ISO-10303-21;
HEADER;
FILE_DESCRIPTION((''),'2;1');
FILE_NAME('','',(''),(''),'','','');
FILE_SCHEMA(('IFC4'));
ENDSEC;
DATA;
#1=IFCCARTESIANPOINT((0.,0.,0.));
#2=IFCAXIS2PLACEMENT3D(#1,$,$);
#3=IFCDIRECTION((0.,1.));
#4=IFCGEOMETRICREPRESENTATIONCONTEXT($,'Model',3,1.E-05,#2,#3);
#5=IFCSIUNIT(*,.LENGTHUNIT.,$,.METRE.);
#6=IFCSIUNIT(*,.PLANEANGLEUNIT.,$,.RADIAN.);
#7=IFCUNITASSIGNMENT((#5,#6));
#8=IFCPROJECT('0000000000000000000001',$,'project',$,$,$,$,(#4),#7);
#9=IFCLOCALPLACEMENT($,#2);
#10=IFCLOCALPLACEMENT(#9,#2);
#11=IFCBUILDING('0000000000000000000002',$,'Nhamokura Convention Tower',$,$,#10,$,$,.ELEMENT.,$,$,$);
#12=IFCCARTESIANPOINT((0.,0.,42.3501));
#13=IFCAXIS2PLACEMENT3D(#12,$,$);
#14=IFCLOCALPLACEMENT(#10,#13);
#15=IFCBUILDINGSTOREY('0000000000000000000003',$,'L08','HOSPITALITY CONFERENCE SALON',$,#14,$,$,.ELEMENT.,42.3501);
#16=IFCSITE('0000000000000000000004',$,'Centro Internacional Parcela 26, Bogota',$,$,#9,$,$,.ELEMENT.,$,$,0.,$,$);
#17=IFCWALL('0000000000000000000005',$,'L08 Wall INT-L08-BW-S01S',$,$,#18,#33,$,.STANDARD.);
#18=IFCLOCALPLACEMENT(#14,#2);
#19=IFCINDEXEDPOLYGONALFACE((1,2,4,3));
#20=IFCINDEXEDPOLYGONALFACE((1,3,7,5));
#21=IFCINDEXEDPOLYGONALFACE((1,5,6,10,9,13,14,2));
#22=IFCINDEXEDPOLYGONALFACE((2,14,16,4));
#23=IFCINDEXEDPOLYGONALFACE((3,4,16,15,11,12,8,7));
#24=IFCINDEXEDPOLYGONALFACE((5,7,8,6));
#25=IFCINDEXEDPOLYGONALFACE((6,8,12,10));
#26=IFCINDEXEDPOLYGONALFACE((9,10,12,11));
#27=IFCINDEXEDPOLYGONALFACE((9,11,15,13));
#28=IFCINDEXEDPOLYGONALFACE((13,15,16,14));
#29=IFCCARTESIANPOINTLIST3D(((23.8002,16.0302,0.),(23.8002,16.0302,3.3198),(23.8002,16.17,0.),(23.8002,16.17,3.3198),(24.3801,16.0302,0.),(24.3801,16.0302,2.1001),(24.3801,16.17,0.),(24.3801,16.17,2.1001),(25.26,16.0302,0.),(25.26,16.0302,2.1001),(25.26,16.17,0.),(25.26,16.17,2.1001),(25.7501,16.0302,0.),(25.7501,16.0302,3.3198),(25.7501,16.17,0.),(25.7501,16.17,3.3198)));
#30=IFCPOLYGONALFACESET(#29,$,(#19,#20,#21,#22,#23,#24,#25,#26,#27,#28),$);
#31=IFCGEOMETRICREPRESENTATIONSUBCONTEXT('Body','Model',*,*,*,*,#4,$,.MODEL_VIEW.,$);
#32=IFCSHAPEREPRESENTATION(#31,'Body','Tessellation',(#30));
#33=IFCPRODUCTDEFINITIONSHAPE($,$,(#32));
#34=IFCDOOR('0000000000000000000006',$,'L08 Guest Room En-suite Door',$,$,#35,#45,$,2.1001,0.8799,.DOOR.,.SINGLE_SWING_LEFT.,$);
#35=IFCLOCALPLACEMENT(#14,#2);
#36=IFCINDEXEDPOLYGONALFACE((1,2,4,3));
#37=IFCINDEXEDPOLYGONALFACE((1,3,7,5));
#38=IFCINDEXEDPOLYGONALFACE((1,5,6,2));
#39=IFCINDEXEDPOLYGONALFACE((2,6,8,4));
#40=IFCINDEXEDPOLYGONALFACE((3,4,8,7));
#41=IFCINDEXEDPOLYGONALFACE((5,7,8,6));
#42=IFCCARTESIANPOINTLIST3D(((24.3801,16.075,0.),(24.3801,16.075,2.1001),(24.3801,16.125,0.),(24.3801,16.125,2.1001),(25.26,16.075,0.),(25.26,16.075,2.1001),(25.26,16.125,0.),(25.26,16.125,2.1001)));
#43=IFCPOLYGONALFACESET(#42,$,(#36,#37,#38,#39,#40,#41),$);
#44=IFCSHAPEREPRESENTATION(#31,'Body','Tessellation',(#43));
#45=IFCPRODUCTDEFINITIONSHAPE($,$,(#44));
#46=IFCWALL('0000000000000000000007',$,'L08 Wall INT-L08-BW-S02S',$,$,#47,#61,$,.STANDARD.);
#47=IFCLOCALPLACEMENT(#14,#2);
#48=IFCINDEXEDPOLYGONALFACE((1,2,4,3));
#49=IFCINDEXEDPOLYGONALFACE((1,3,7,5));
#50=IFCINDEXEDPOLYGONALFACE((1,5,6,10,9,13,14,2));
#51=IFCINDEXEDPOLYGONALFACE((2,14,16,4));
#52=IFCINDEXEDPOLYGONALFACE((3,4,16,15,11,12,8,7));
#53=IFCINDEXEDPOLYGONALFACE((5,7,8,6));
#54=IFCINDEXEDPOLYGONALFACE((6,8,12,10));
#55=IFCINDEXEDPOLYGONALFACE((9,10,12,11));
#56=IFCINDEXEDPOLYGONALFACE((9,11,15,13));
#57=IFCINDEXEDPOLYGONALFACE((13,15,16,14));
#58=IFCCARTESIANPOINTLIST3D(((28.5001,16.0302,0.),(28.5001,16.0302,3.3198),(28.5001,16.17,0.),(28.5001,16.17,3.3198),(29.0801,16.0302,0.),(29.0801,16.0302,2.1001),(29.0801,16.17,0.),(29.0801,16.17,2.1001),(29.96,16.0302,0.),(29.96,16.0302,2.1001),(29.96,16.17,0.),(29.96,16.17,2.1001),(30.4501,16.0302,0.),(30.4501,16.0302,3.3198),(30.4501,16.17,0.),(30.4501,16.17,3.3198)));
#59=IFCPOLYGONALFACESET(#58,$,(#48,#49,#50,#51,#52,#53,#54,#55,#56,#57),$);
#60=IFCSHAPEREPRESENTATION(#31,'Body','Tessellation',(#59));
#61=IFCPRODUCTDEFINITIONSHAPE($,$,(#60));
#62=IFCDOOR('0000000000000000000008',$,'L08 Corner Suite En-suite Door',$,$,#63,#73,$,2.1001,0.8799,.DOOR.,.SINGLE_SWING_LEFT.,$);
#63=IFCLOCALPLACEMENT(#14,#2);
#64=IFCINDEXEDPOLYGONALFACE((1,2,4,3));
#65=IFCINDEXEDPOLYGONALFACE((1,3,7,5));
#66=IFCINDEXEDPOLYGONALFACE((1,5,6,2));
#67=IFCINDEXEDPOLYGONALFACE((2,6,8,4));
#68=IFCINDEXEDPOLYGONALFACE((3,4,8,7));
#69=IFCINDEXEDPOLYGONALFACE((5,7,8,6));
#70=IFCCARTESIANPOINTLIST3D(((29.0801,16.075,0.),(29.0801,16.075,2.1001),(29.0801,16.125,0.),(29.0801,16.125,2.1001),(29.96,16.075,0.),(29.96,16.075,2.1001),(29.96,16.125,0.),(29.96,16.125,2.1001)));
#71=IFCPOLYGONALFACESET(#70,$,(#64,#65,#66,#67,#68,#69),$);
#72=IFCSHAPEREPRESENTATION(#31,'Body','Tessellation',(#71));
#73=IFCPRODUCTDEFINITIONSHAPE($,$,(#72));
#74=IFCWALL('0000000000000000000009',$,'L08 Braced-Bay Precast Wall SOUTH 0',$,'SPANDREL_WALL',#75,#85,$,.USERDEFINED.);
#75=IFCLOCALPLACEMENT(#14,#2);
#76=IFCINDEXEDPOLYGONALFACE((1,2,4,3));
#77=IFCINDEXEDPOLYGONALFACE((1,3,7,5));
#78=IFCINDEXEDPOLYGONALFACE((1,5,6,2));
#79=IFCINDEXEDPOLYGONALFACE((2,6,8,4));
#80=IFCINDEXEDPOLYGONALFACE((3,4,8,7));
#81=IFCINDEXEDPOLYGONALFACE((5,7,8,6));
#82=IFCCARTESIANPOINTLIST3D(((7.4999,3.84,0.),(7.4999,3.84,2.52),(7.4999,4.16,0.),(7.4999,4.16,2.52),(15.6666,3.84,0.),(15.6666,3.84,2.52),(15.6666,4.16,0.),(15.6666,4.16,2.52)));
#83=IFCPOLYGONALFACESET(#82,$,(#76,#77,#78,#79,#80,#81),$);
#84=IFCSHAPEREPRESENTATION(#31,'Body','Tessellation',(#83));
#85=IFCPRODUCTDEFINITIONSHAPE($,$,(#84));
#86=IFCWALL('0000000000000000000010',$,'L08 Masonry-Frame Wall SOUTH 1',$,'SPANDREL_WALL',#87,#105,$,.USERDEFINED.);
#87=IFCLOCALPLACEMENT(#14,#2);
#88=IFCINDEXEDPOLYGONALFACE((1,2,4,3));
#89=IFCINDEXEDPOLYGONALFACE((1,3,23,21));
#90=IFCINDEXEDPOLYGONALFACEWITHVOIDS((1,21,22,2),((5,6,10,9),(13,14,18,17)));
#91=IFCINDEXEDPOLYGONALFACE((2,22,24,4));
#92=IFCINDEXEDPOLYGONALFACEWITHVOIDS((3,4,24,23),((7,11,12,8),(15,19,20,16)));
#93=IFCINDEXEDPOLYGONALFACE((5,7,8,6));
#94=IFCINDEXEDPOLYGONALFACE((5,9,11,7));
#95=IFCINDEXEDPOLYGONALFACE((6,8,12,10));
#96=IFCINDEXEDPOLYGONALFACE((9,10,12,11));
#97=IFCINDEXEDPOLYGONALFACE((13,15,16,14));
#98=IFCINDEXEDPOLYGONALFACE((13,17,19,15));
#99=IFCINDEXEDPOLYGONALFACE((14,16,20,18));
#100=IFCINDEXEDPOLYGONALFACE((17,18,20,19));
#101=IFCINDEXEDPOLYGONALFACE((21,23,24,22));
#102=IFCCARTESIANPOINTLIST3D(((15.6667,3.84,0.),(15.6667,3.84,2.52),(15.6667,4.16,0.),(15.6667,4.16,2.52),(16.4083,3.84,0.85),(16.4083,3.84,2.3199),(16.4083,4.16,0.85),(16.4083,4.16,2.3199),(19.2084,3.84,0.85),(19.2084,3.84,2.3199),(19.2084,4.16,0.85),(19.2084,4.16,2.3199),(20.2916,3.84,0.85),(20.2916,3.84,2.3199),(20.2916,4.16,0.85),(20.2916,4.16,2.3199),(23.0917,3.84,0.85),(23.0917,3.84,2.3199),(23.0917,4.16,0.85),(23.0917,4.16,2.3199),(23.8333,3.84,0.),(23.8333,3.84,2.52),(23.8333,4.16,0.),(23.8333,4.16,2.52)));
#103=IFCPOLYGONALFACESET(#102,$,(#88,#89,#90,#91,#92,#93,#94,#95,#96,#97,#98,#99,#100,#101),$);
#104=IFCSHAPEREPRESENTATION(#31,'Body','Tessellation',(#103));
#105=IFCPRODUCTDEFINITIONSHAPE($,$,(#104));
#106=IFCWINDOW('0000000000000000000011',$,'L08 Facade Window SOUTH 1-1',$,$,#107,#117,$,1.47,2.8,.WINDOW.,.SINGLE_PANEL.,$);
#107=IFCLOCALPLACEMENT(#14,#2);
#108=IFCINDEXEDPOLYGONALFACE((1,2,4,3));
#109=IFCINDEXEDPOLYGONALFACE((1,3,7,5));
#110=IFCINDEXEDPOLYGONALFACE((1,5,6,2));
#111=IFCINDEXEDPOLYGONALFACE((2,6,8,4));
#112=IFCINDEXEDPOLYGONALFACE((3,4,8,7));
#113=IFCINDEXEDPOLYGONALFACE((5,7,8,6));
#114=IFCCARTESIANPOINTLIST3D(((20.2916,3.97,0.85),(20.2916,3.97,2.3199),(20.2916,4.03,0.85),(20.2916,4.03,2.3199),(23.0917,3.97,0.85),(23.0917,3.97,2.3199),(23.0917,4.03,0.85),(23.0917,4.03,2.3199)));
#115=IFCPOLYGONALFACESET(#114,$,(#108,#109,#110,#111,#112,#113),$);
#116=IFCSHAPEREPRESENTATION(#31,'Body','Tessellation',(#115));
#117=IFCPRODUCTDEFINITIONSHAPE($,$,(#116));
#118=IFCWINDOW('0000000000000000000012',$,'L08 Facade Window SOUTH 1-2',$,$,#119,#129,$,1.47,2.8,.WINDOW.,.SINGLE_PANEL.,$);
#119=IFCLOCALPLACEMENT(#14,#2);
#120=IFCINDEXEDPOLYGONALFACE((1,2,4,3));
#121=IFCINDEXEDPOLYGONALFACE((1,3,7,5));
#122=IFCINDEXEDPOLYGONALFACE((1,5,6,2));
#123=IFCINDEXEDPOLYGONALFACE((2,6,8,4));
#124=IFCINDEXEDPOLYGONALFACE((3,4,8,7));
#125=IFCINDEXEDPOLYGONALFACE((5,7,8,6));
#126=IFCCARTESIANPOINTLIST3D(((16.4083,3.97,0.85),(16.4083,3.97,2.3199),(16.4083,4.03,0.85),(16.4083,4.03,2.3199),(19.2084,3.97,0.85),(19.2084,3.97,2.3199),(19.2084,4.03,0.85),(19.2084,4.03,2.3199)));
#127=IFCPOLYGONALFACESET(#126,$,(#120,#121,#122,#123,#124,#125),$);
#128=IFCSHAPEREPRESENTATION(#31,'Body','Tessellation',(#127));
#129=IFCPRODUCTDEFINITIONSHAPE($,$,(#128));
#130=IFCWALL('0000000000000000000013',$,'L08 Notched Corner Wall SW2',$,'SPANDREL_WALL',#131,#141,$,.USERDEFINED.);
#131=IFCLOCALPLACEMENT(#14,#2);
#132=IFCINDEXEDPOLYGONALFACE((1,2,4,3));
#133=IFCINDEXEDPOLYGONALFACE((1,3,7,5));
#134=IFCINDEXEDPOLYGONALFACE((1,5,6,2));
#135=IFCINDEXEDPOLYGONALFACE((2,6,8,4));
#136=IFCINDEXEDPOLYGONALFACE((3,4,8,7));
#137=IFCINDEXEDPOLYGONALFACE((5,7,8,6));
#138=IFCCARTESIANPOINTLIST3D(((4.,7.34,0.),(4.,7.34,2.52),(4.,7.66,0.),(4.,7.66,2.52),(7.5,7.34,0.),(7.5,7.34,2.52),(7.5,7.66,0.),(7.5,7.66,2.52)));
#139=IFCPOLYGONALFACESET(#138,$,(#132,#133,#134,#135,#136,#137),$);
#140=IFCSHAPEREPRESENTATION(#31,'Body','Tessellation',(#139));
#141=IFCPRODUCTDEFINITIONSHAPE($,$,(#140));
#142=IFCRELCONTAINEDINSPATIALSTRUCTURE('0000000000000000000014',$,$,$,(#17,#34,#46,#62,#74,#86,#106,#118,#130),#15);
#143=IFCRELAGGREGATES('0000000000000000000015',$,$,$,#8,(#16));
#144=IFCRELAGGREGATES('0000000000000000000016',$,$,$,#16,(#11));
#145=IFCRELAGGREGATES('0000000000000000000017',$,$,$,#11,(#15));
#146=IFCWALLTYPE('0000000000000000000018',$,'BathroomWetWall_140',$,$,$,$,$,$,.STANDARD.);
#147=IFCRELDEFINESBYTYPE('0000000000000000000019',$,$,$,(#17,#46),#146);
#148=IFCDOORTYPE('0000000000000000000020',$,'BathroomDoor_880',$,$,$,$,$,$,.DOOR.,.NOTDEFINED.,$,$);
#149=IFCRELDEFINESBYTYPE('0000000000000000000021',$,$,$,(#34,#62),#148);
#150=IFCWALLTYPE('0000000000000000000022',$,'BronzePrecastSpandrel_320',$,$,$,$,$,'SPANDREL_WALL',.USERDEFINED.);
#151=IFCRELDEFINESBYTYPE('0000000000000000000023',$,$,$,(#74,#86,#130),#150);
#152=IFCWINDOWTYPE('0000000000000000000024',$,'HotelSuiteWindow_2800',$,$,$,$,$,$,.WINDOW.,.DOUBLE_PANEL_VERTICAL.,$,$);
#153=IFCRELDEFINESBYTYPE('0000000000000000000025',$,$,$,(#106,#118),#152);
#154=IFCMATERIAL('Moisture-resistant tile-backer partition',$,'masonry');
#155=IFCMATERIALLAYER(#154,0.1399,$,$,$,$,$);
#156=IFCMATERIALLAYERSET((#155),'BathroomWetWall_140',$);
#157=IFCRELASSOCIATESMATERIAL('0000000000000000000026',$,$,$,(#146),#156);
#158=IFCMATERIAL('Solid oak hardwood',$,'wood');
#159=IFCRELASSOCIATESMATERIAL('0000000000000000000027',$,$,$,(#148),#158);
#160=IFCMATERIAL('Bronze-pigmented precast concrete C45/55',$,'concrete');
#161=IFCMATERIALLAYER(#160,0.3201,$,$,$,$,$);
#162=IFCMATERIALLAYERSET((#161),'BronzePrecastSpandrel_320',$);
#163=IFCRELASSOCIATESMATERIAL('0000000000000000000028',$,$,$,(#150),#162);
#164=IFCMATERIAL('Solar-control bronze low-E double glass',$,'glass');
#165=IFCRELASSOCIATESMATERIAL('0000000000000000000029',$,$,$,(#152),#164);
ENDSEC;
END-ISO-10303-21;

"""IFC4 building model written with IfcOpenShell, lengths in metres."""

from ifc_helpers import new_model, si_unit, direction, frame, frame_2d, origin, place, context, subcontext, project, spatial, rectangle, extrude, material, layer, layer_set, type_object, element, fill, save


model = new_model("IFC4")

# Units and contexts
model_context = context("Model", 3, precision=1e-05, world=origin(), true_north=direction((0.0, 1.0)))
body_context = subcontext(model_context, "Body", "Model", "MODEL_VIEW")
ifc_project = project(units=[si_unit("LENGTHUNIT", "METRE"), si_unit("PLANEANGLEUNIT", "RADIAN")], contexts=[model_context])

# Site, building, storey
site_placement = place(None, origin())
site = spatial("IfcSite", under=ifc_project, at=site_placement, Name="Centro Internacional Parcela 26, Bogota", CompositionType="ELEMENT", RefElevation=0.0)
building_placement = place(site_placement, origin())
building = spatial("IfcBuilding", under=site, at=building_placement, Name="Nhamokura Convention Tower", CompositionType="ELEMENT")
storey_placement = place(building_placement, frame((0.0, 0.0, 42.3501)))
storey = spatial("IfcBuildingStorey", under=building, at=storey_placement, Name="L08", Description="HOSPITALITY CONFERENCE SALON", CompositionType="ELEMENT", Elevation=42.3501)

# Shared definitions
ifc_material_1 = material(Name="Moisture-resistant tile-backer partition", Category="masonry")
ifc_layer_1 = layer(ifc_material_1, 0.1399)
ifc_layer_set_1 = layer_set([ifc_layer_1], Name="BathroomWetWall_140")
wall_type_1 = type_object("IfcWallType", Name="BathroomWetWall_140", PredefinedType="STANDARD", material=ifc_layer_set_1)

# Walls, openings, doors
wall_1_placement = place(storey_placement, frame((23.8, 16.1001, 0.0), z_axis=(0.0, 0.0, 1.0), x_axis=(1.0, 0.0, 0.0)))
wall_1 = element("IfcWall", 1, at=wall_1_placement, inside=storey, type_object=wall_type_1, Name="L08 Wall INT-L08-BW-S01S", PredefinedType="STANDARD", context=body_context, shape_type="SweptSolid", body=[
    extrude(rectangle(XDim=1.95, YDim=0.1399, at=frame_2d((0.9751, 0.0))), origin(), (0.0, 0.0, 1.0), 3.3198),
])
opening_1_placement = place(wall_1_placement, frame((0.5801, 0.0, 0.0)))
opening_1 = element("IfcOpeningElement", 2, at=opening_1_placement, cuts=wall_1, PredefinedType="OPENING", context=body_context, shape_type="SweptSolid", body=[
    extrude(rectangle(XDim=0.8799, YDim=2.1001, at=frame_2d((0.4399, 1.05))), frame((0.0, 0.0798, 0.0), z_axis=(0.0, -1.0, 0.0), x_axis=(1.0, 0.0, 0.0)), (0.0, 0.0, 1.0), 0.1599),
])
ifc_material_2 = material(Name="Solid oak hardwood", Category="wood")
door_type_1 = type_object("IfcDoorType", Name="BathroomDoor_880", OperationType="NOTDEFINED", PredefinedType="DOOR", material=ifc_material_2)
door_1_placement = place(opening_1_placement, origin())
door_1 = element("IfcDoor", 3, at=door_1_placement, inside=storey, type_object=door_type_1, Name="L08 Guest Room En-suite Door", OperationType="SINGLE_SWING_LEFT", OverallHeight=2.1001, OverallWidth=0.8799, PredefinedType="DOOR", context=body_context, shape_type="SweptSolid", body=[
    extrude(rectangle(XDim=0.8799, YDim=2.1001, at=frame_2d((0.4399, 1.05))), frame((0.0, 0.0249, 0.0), z_axis=(0.0, -1.0, 0.0), x_axis=(1.0, 0.0, 0.0)), (0.0, 0.0, 1.0), 0.05),
])
fill(opening_1, door_1)
wall_2_placement = place(storey_placement, frame((28.5, 16.1001, 0.0), z_axis=(0.0, 0.0, 1.0), x_axis=(1.0, 0.0, 0.0)))
wall_2 = element("IfcWall", 4, at=wall_2_placement, inside=storey, type_object=wall_type_1, Name="L08 Wall INT-L08-BW-S02S", PredefinedType="STANDARD", context=body_context, shape_type="SweptSolid", body=[
    extrude(rectangle(XDim=1.95, YDim=0.1399, at=frame_2d((0.9751, 0.0))), origin(), (0.0, 0.0, 1.0), 3.3198),
])
opening_2_placement = place(wall_2_placement, frame((0.5801, 0.0, 0.0)))
opening_2 = element("IfcOpeningElement", 5, at=opening_2_placement, cuts=wall_2, PredefinedType="OPENING", context=body_context, shape_type="SweptSolid", body=[
    extrude(rectangle(XDim=0.8799, YDim=2.1001, at=frame_2d((0.4399, 1.05))), frame((0.0, 0.0798, 0.0), z_axis=(0.0, -1.0, 0.0), x_axis=(1.0, 0.0, 0.0)), (0.0, 0.0, 1.0), 0.1599),
])
door_2_placement = place(opening_2_placement, origin())
door_2 = element("IfcDoor", 6, at=door_2_placement, inside=storey, type_object=door_type_1, Name="L08 Corner Suite En-suite Door", OperationType="SINGLE_SWING_LEFT", OverallHeight=2.1001, OverallWidth=0.8799, PredefinedType="DOOR", context=body_context, shape_type="SweptSolid", body=[
    extrude(rectangle(XDim=0.8799, YDim=2.1001, at=frame_2d((0.4399, 1.05))), frame((0.0, 0.0249, 0.0), z_axis=(0.0, -1.0, 0.0), x_axis=(1.0, 0.0, 0.0)), (0.0, 0.0, 1.0), 0.05),
])
fill(opening_2, door_2)

# Wall
ifc_material_3 = material(Name="Bronze-pigmented precast concrete C45/55", Category="concrete")
ifc_layer_2 = layer(ifc_material_3, 0.3201)
ifc_layer_set_2 = layer_set([ifc_layer_2], Name="BronzePrecastSpandrel_320")
wall_type_2 = type_object("IfcWallType", Name="BronzePrecastSpandrel_320", ElementType="SPANDREL_WALL", PredefinedType="USERDEFINED", material=ifc_layer_set_2)
wall_3_placement = place(storey_placement, frame((15.6667, 4.0, 0.0), z_axis=(0.0, 0.0, 1.0), x_axis=(-1.0, 0.0, 0.0)))
element("IfcWall", 7, at=wall_3_placement, inside=storey, type_object=wall_type_2, Name="L08 Braced-Bay Precast Wall SOUTH 0", ObjectType="SPANDREL_WALL", PredefinedType="USERDEFINED", context=body_context, shape_type="SweptSolid", body=[
    extrude(rectangle(XDim=8.1667, YDim=0.3201, at=frame_2d((4.0835, 0.0))), origin(), (0.0, 0.0, 1.0), 2.52),
])

# Wall, openings, windows
wall_4_placement = place(storey_placement, frame((23.8333, 4.0, 0.0), z_axis=(0.0, 0.0, 1.0), x_axis=(-1.0, 0.0, 0.0)))
wall_4 = element("IfcWall", 8, at=wall_4_placement, inside=storey, type_object=wall_type_2, Name="L08 Masonry-Frame Wall SOUTH 1", ObjectType="SPANDREL_WALL", PredefinedType="USERDEFINED", context=body_context, shape_type="SweptSolid", body=[
    extrude(rectangle(XDim=8.1665, YDim=0.3201, at=frame_2d((4.0833, 0.0))), origin(), (0.0, 0.0, 1.0), 2.52),
])
opening_3_placement = place(wall_4_placement, frame((0.7417, 0.0, 0.8501)))
opening_3 = element("IfcOpeningElement", 9, at=opening_3_placement, cuts=wall_4, PredefinedType="OPENING", context=body_context, shape_type="SweptSolid", body=[
    extrude(rectangle(XDim=2.8, YDim=1.47, at=frame_2d((1.3999, 0.7349))), frame((0.0, 0.1699, 0.0), z_axis=(0.0, -1.0, 0.0), x_axis=(1.0, 0.0, 0.0)), (0.0, 0.0, 1.0), 0.3401),
])
opening_4_placement = place(wall_4_placement, frame((4.625, 0.0, 0.8501)))
opening_4 = element("IfcOpeningElement", 10, at=opening_4_placement, cuts=wall_4, PredefinedType="OPENING", context=body_context, shape_type="SweptSolid", body=[
    extrude(rectangle(XDim=2.8, YDim=1.47, at=frame_2d((1.3999, 0.7349))), frame((0.0, 0.1699, 0.0), z_axis=(0.0, -1.0, 0.0), x_axis=(1.0, 0.0, 0.0)), (0.0, 0.0, 1.0), 0.3401),
])
ifc_material_4 = material(Name="Solar-control bronze low-E double glass", Category="glass")
window_type = type_object("IfcWindowType", Name="HotelSuiteWindow_2800", PartitioningType="DOUBLE_PANEL_VERTICAL", PredefinedType="WINDOW", material=ifc_material_4)
window_1_placement = place(opening_3_placement, origin())
window_1 = element("IfcWindow", 11, at=window_1_placement, inside=storey, type_object=window_type, Name="L08 Facade Window SOUTH 1-1", OverallHeight=1.47, OverallWidth=2.8, PartitioningType="SINGLE_PANEL", PredefinedType="WINDOW", context=body_context, shape_type="SweptSolid", body=[
    extrude(rectangle(XDim=2.8, YDim=1.47, at=frame_2d((1.3999, 0.7349))), frame((0.0, 0.03, 0.0), z_axis=(0.0, -1.0, 0.0), x_axis=(1.0, 0.0, 0.0)), (0.0, 0.0, 1.0), 0.0601),
])
fill(opening_3, window_1)
window_2_placement = place(opening_4_placement, origin())
window_2 = element("IfcWindow", 12, at=window_2_placement, inside=storey, type_object=window_type, Name="L08 Facade Window SOUTH 1-2", OverallHeight=1.47, OverallWidth=2.8, PartitioningType="SINGLE_PANEL", PredefinedType="WINDOW", context=body_context, shape_type="SweptSolid", body=[
    extrude(rectangle(XDim=2.8, YDim=1.47, at=frame_2d((1.3999, 0.7349))), frame((0.0, 0.03, 0.0), z_axis=(0.0, -1.0, 0.0), x_axis=(1.0, 0.0, 0.0)), (0.0, 0.0, 1.0), 0.0601),
])
fill(opening_4, window_2)

# Wall
wall_5_placement = place(storey_placement, frame((7.5, 7.5, 0.0), z_axis=(0.0, 0.0, 1.0), x_axis=(-1.0, 0.0, 0.0)))
element("IfcWall", 13, at=wall_5_placement, inside=storey, type_object=wall_type_2, Name="L08 Notched Corner Wall SW2", ObjectType="SPANDREL_WALL", PredefinedType="USERDEFINED", context=body_context, shape_type="SweptSolid", body=[
    extrude(rectangle(XDim=3.5, YDim=0.3201, at=frame_2d((1.75, 0.0))), origin(), (0.0, 0.0, 1.0), 2.52),
])

save(model, "model.ifc")
